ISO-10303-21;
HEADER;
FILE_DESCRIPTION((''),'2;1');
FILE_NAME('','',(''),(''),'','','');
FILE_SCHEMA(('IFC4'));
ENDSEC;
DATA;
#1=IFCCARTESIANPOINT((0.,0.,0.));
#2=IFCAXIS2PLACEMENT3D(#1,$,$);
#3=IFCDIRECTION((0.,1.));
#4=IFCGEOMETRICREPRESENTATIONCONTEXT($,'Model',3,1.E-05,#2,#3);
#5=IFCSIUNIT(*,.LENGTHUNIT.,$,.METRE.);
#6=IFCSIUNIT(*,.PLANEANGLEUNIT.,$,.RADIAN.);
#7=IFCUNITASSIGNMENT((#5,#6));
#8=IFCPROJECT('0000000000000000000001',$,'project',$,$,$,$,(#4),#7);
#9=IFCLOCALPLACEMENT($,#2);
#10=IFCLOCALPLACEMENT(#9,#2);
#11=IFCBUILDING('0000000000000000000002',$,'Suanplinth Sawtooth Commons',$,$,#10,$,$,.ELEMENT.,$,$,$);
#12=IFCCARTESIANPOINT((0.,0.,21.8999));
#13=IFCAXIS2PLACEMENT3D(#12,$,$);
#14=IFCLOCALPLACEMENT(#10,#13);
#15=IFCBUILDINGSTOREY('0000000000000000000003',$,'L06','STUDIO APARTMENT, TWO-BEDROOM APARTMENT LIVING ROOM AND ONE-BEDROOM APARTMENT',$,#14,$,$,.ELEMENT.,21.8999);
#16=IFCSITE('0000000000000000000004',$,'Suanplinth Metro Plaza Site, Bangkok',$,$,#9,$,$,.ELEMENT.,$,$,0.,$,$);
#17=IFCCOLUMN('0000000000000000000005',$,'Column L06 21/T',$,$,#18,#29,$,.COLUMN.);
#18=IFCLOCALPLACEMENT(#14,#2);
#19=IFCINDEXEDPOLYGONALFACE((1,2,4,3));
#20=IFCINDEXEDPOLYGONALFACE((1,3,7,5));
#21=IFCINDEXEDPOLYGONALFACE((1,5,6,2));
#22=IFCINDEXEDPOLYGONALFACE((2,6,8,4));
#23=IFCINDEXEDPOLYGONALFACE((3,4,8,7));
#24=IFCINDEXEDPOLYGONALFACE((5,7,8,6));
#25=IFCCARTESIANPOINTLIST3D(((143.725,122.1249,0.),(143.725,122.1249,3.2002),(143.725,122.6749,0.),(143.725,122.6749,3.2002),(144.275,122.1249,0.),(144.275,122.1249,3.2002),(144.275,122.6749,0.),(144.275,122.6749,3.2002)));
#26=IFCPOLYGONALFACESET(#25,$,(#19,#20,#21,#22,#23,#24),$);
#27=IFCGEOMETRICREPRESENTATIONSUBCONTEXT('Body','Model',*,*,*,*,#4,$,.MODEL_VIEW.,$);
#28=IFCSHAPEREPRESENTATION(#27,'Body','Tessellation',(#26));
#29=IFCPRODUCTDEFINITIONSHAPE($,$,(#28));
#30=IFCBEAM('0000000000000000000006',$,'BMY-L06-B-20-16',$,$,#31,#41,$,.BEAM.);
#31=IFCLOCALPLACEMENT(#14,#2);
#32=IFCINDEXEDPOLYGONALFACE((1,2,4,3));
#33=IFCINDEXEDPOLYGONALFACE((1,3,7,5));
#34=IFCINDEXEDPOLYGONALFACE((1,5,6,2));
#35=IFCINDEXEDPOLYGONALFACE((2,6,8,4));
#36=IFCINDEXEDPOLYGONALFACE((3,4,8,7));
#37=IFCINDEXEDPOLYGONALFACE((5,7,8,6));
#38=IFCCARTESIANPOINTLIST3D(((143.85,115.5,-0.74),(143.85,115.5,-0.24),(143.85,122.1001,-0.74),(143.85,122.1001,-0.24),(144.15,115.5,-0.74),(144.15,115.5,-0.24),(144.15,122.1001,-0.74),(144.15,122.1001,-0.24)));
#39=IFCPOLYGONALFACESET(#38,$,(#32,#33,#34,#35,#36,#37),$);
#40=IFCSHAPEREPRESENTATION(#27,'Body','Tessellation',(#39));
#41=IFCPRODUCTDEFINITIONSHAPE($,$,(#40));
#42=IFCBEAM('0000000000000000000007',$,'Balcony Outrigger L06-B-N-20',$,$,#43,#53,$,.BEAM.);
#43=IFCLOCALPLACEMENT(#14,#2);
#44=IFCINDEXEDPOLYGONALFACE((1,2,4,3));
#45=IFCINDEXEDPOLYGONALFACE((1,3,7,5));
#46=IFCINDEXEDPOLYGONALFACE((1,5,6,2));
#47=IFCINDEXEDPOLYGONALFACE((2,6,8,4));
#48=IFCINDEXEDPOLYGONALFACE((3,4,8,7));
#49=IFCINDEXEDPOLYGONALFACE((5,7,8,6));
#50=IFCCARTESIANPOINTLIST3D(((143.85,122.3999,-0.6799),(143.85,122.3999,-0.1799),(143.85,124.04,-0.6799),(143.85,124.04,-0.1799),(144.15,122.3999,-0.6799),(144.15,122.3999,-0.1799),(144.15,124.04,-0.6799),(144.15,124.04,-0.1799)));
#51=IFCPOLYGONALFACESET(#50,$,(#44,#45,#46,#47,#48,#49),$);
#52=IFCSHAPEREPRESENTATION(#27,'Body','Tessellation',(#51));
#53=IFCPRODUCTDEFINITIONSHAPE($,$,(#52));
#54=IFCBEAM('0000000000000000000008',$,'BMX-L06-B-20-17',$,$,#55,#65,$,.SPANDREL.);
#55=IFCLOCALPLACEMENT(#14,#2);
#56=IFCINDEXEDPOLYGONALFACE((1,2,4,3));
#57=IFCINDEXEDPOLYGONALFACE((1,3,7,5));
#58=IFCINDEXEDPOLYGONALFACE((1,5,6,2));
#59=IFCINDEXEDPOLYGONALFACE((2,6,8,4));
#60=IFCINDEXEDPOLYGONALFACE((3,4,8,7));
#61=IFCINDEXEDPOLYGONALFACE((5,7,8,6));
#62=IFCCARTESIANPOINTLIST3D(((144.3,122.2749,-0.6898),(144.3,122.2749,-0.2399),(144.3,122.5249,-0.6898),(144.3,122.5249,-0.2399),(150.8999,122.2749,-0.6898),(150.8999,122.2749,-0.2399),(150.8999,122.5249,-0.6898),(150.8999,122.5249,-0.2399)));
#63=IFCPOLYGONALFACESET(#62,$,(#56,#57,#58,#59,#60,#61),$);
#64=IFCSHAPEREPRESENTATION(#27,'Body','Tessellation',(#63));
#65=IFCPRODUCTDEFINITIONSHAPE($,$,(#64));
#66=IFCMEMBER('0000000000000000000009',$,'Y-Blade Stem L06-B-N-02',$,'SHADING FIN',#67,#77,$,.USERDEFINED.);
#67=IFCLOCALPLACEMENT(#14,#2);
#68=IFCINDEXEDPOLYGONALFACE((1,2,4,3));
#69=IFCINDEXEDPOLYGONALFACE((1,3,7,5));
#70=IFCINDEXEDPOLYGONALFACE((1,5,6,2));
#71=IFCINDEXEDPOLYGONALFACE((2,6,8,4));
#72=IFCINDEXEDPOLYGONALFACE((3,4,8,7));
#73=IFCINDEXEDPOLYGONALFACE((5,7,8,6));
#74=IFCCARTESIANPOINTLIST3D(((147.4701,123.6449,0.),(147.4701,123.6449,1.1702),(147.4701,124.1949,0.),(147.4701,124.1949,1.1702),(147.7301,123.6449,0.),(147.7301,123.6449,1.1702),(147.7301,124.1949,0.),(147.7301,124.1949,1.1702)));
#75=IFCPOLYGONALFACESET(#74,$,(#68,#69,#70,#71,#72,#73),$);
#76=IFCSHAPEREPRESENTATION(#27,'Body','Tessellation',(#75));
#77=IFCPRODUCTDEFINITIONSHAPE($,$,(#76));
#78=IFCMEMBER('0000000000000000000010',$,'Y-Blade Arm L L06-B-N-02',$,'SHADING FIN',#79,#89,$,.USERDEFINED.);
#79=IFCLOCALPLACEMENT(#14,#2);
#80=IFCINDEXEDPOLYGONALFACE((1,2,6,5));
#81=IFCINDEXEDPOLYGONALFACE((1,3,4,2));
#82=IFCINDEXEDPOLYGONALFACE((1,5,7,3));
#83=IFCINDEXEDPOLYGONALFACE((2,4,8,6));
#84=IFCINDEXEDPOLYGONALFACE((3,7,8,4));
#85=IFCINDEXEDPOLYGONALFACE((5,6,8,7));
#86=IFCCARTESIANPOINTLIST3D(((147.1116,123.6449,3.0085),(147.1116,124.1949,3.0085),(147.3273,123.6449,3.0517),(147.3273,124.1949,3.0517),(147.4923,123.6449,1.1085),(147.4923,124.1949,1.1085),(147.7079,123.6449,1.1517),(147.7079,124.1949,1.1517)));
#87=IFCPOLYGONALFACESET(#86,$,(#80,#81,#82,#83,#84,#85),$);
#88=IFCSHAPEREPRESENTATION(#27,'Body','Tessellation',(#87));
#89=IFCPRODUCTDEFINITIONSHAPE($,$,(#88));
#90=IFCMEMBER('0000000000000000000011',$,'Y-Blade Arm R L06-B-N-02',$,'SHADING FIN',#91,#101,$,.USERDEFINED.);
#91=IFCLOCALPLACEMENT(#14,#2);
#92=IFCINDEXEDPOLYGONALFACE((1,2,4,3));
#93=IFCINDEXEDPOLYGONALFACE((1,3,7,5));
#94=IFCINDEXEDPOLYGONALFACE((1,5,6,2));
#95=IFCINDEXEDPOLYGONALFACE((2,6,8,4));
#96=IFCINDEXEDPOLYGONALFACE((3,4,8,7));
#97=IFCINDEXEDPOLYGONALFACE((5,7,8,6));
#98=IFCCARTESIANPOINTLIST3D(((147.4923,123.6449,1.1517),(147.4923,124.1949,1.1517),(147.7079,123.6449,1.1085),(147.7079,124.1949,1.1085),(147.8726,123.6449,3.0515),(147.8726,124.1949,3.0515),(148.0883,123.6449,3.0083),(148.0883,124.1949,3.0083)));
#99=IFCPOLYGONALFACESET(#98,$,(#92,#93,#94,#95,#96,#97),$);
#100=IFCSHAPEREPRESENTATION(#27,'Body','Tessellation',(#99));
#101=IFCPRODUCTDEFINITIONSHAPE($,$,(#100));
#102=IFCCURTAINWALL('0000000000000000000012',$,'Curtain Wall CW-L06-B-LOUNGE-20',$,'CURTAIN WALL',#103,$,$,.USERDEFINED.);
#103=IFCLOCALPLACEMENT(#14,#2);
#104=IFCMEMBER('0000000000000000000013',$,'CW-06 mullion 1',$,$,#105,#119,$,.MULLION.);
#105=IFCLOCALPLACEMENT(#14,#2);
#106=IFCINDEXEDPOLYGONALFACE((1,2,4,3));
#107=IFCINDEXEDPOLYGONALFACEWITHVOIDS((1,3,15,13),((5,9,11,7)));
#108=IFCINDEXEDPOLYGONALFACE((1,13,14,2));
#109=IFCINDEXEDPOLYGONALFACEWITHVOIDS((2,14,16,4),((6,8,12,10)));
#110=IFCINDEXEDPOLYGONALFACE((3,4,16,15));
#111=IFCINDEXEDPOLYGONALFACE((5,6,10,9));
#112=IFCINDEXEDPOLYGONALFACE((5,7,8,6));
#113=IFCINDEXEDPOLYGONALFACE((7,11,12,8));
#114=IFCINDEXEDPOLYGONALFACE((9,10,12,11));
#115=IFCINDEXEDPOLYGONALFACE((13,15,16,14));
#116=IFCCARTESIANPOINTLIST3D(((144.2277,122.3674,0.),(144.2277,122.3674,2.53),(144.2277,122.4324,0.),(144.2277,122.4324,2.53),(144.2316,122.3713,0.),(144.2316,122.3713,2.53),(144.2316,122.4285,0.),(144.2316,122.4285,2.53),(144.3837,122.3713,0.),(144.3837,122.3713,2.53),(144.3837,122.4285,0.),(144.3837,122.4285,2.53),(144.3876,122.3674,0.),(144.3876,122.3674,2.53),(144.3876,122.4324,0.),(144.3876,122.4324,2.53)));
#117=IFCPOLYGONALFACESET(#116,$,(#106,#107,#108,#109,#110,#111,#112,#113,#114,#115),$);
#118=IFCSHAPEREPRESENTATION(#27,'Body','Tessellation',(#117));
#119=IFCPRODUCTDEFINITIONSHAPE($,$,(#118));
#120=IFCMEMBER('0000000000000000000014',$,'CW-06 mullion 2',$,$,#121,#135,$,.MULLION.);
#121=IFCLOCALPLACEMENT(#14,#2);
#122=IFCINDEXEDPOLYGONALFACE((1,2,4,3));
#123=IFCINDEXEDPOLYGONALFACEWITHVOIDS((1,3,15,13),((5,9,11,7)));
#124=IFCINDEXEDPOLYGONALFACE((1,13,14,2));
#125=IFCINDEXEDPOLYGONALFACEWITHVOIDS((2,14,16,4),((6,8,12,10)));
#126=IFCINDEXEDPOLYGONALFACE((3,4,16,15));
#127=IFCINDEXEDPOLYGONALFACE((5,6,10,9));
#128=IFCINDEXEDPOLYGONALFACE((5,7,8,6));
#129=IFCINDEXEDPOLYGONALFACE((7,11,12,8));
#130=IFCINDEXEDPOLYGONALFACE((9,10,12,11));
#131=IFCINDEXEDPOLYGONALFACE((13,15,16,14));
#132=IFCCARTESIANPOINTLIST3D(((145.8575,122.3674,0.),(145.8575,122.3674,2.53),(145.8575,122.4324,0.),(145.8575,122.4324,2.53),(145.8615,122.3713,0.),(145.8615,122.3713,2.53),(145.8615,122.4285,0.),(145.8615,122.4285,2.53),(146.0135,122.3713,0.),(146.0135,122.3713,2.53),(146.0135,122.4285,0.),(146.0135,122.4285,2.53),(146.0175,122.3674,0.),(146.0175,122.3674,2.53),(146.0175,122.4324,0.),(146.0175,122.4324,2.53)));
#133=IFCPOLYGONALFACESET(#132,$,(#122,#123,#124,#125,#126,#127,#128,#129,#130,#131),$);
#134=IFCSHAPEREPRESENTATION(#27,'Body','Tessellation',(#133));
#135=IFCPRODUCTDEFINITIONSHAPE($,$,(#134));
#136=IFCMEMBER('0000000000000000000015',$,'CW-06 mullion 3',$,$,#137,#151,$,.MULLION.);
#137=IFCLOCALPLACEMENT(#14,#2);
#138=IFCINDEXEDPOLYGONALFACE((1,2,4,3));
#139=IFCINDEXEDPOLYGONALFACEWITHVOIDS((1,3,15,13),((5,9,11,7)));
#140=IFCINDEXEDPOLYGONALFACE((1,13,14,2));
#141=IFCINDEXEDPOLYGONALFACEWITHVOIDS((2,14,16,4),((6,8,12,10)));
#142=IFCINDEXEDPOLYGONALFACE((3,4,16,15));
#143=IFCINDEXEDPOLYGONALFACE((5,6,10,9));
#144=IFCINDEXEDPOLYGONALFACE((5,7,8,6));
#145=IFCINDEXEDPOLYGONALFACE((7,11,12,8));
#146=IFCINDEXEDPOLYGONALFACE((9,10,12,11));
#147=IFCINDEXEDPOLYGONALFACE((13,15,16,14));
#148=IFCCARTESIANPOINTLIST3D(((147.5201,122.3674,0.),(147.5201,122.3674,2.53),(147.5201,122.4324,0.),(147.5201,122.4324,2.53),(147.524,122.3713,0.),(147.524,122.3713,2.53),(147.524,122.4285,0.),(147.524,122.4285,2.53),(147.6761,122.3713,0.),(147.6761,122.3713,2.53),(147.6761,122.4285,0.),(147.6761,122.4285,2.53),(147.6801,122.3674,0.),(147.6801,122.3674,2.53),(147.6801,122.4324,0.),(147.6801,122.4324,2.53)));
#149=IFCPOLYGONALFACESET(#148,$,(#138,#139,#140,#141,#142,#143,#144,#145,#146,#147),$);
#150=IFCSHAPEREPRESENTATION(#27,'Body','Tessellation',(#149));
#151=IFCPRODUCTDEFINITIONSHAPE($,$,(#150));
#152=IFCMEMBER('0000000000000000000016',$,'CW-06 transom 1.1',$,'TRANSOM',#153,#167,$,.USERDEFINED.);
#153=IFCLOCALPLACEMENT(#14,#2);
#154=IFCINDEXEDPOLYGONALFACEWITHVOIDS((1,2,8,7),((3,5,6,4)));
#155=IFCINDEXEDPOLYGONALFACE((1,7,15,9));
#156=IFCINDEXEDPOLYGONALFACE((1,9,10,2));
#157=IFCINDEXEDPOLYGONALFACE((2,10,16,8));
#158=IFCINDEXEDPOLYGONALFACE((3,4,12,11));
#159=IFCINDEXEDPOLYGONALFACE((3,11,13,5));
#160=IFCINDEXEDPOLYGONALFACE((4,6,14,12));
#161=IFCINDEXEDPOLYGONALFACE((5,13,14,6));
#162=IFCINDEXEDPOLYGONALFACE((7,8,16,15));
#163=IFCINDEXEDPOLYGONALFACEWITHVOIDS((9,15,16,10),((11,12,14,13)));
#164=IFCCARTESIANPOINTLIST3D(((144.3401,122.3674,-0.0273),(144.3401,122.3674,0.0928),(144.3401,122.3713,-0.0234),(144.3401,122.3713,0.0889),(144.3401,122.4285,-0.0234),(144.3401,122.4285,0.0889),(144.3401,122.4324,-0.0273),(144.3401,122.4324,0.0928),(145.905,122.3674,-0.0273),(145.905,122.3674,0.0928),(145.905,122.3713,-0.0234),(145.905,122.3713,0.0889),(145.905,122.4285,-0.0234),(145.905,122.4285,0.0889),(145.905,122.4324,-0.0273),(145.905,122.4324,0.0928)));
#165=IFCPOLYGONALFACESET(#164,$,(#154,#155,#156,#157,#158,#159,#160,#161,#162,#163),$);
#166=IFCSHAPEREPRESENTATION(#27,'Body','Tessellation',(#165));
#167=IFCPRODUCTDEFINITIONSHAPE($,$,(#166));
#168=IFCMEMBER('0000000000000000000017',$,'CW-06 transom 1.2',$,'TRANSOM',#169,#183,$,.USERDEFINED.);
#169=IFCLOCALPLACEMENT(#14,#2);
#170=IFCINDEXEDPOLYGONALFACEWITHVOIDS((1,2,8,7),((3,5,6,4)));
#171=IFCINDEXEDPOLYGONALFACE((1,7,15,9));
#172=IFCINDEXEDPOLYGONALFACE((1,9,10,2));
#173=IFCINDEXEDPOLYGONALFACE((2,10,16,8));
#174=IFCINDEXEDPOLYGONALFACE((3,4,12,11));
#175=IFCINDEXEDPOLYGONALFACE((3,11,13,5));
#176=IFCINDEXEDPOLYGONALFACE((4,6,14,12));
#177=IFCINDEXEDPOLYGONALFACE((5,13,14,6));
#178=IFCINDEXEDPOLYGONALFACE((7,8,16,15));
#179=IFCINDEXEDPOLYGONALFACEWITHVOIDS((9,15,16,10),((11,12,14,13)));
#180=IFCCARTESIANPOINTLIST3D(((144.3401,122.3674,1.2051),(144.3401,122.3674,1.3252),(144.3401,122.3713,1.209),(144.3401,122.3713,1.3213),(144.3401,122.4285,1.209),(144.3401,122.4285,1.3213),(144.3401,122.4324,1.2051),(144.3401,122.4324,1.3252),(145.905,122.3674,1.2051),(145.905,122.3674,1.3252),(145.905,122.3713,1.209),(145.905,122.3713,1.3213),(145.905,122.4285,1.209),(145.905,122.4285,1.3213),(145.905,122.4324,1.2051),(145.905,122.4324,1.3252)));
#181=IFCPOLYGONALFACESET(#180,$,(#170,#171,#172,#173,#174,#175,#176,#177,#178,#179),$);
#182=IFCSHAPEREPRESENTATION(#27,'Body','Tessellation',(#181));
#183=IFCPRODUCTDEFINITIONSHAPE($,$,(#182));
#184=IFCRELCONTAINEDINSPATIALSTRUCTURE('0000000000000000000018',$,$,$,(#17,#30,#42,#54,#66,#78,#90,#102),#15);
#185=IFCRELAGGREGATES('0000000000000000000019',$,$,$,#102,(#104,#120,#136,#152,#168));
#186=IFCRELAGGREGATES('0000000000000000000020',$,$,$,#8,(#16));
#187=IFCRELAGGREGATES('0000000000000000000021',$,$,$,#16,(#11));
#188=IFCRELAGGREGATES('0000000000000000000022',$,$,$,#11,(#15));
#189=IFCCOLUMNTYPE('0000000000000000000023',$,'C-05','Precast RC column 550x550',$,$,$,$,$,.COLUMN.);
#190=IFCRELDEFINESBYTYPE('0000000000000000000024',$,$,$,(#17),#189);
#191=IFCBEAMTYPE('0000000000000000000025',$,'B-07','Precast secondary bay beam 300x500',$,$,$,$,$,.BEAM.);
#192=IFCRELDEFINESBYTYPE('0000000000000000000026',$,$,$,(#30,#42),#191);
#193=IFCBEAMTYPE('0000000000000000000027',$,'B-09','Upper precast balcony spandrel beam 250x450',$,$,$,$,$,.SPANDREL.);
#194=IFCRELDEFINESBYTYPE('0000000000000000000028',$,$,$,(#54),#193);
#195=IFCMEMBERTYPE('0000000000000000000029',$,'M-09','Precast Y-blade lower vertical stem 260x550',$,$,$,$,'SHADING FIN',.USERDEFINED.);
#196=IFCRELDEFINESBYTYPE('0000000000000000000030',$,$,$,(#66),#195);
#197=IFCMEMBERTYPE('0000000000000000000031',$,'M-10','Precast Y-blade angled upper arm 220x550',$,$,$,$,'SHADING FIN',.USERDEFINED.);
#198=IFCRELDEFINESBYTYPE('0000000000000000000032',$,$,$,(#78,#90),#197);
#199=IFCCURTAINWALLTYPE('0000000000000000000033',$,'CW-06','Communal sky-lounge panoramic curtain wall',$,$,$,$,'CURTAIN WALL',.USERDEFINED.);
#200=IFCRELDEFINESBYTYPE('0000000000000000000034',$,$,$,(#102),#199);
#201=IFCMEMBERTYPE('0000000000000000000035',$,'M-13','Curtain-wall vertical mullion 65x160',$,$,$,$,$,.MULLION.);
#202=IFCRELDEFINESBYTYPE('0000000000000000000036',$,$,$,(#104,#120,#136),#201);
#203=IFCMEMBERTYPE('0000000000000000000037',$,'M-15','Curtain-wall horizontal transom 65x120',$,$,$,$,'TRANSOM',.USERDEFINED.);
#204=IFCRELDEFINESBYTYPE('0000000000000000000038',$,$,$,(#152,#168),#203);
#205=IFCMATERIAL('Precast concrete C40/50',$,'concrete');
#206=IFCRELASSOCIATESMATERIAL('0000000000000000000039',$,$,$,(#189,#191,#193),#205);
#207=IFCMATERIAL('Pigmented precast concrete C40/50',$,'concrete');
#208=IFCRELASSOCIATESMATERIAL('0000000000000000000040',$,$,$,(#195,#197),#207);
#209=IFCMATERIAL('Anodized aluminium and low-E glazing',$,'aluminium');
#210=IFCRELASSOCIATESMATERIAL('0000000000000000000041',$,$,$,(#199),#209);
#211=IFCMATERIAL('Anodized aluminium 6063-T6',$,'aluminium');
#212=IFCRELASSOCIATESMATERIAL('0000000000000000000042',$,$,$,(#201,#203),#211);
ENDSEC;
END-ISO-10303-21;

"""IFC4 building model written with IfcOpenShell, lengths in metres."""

from ifc_helpers import new_model, si_unit, direction, frame, origin, origin_2d, place, context, subcontext, project, spatial, rectangle, hollow_rectangle, extrude, material, material_profile, profile_set, type_object, element, aggregate, save


model = new_model("IFC4")

# Units and contexts
model_context = context("Model", 3, precision=1e-05, world=origin(), true_north=direction((0.0, 1.0)))
body_context = subcontext(model_context, "Body", "Model", "MODEL_VIEW")
ifc_project = project(units=[si_unit("LENGTHUNIT", "METRE"), si_unit("PLANEANGLEUNIT", "RADIAN")], contexts=[model_context])

# Site, building, storey
site_placement = place(None, origin())
site = spatial("IfcSite", under=ifc_project, at=site_placement, Name="Suanplinth Metro Plaza Site, Bangkok", CompositionType="ELEMENT", RefElevation=0.0)
building_placement = place(site_placement, origin())
building = spatial("IfcBuilding", under=site, at=building_placement, Name="Suanplinth Sawtooth Commons", CompositionType="ELEMENT")
storey_placement = place(building_placement, frame((0.0, 0.0, 21.8999)))
storey = spatial("IfcBuildingStorey", under=building, at=storey_placement, Name="L06", Description="STUDIO APARTMENT, TWO-BEDROOM APARTMENT LIVING ROOM AND ONE-BEDROOM APARTMENT", CompositionType="ELEMENT", Elevation=21.8999)

# Column
ifc_material_1 = material(Name="Precast concrete C40/50", Category="concrete")
ifc_material_profile_1 = material_profile(ifc_material_1, rectangle(XDim=0.55, YDim=0.55, at=origin_2d()), Name="PC-COL 550x550")
ifc_profile_set_1 = profile_set([ifc_material_profile_1], Name="Precast concrete C40/50")
column_type = type_object("IfcColumnType", Name="C-05", Description="Precast RC column 550x550", PredefinedType="COLUMN", material=ifc_profile_set_1)
column_placement = place(storey_placement, frame((144.0, 122.3999, 0.0), z_axis=(0.0, 0.0, 1.0), x_axis=(1.0, 0.0, 0.0)))
element("IfcColumn", 1, at=column_placement, inside=storey, type_object=column_type, Name="Column L06 21/T", PredefinedType="COLUMN", context=body_context, shape_type="SweptSolid", body=[
    extrude(rectangle(XDim=0.55, YDim=0.55, at=origin_2d()), origin(), (0.0, 0.0, 1.0), 3.2002),
])

# Beams
ifc_material_profile_2 = material_profile(ifc_material_1, rectangle(XDim=0.3, YDim=0.5, at=origin_2d()), Name="PC-BM 300x500")
ifc_profile_set_2 = profile_set([ifc_material_profile_2], Name="Precast concrete C40/50")
beam_type_1 = type_object("IfcBeamType", Name="B-07", Description="Precast secondary bay beam 300x500", PredefinedType="BEAM", material=ifc_profile_set_2)
beam_1_placement = place(storey_placement, frame((144.0, 115.5, -0.49), z_axis=(0.0, 1.0, 0.0), x_axis=(-1.0, 0.0, 0.0)))
element("IfcBeam", 2, at=beam_1_placement, inside=storey, type_object=beam_type_1, Name="BMY-L06-B-20-16", PredefinedType="BEAM", context=body_context, shape_type="SweptSolid", body=[
    extrude(rectangle(XDim=0.3, YDim=0.5, at=origin_2d()), origin(), (0.0, 0.0, 1.0), 6.6001),
])
beam_2_placement = place(storey_placement, frame((144.0, 122.3999, -0.4299), z_axis=(0.0, 1.0, 0.0), x_axis=(-1.0, 0.0, 0.0)))
element("IfcBeam", 3, at=beam_2_placement, inside=storey, type_object=beam_type_1, Name="Balcony Outrigger L06-B-N-20", PredefinedType="BEAM", context=body_context, shape_type="SweptSolid", body=[
    extrude(rectangle(XDim=0.3, YDim=0.5, at=origin_2d()), origin(), (0.0, 0.0, 1.0), 1.6401),
])
ifc_material_profile_3 = material_profile(ifc_material_1, rectangle(XDim=0.25, YDim=0.45, at=origin_2d()), Name="PC-SP 250x450")
ifc_profile_set_3 = profile_set([ifc_material_profile_3], Name="Precast concrete C40/50")
beam_type_2 = type_object("IfcBeamType", Name="B-09", Description="Upper precast balcony spandrel beam 250x450", PredefinedType="SPANDREL", material=ifc_profile_set_3)
beam_3_placement = place(storey_placement, frame((144.3, 122.3999, -0.4648), z_axis=(1.0, 0.0, 0.0), x_axis=(0.0, 1.0, 0.0)))
element("IfcBeam", 4, at=beam_3_placement, inside=storey, type_object=beam_type_2, Name="BMX-L06-B-20-17", PredefinedType="SPANDREL", context=body_context, shape_type="SweptSolid", body=[
    extrude(rectangle(XDim=0.25, YDim=0.45, at=origin_2d()), origin(), (0.0, 0.0, 1.0), 6.5999),
])

# Members
ifc_material_2 = material(Name="Pigmented precast concrete C40/50", Category="concrete")
ifc_material_profile_4 = material_profile(ifc_material_2, rectangle(XDim=0.26, YDim=0.55, at=origin_2d()), Name="PC-FIN 260x550")
ifc_profile_set_4 = profile_set([ifc_material_profile_4], Name="Pigmented precast concrete C40/50")
member_type_1 = type_object("IfcMemberType", Name="M-09", Description="Precast Y-blade lower vertical stem 260x550", ElementType="SHADING FIN", PredefinedType="USERDEFINED", material=ifc_profile_set_4)
member_1_placement = place(storey_placement, frame((147.6001, 123.9199, 0.0), z_axis=(0.0, 0.0, 1.0), x_axis=(1.0, 0.0, 0.0)))
element("IfcMember", 5, at=member_1_placement, inside=storey, type_object=member_type_1, Name="Y-Blade Stem L06-B-N-02", ObjectType="SHADING FIN", PredefinedType="USERDEFINED", context=body_context, shape_type="SweptSolid", body=[
    extrude(rectangle(XDim=0.26, YDim=0.55, at=origin_2d()), origin(), (0.0, 0.0, 1.0), 1.1702),
])
ifc_material_profile_5 = material_profile(ifc_material_2, rectangle(XDim=0.22, YDim=0.55, at=origin_2d()), Name="PC-FIN 220x550")
ifc_profile_set_5 = profile_set([ifc_material_profile_5], Name="Pigmented precast concrete C40/50")
member_type_2 = type_object("IfcMemberType", Name="M-10", Description="Precast Y-blade angled upper arm 220x550", ElementType="SHADING FIN", PredefinedType="USERDEFINED", material=ifc_profile_set_5)
member_2_placement = place(storey_placement, frame((147.6001, 123.9199, 1.1301), z_axis=(-0.196431, 0.0, 0.980518), x_axis=(0.980518, 0.0, 0.196431)))
element("IfcMember", 6, at=member_2_placement, inside=storey, type_object=member_type_2, Name="Y-Blade Arm L L06-B-N-02", ObjectType="SHADING FIN", PredefinedType="USERDEFINED", context=body_context, shape_type="SweptSolid", body=[
    extrude(rectangle(XDim=0.22, YDim=0.55, at=origin_2d()), origin(), (0.0, 0.0, 1.0), 1.9377),
])
member_3_placement = place(storey_placement, frame((147.6001, 123.9199, 1.1301), z_axis=(0.19631, 0.0, 0.980542), x_axis=(-0.980542, 0.0, 0.19631)))
element("IfcMember", 7, at=member_3_placement, inside=storey, type_object=member_type_2, Name="Y-Blade Arm R L06-B-N-02", ObjectType="SHADING FIN", PredefinedType="USERDEFINED", context=body_context, shape_type="SweptSolid", body=[
    extrude(rectangle(XDim=0.22, YDim=0.55, at=origin_2d()), origin(), (0.0, 0.0, 1.0), 1.9375),
])

# Curtain wall, members
ifc_material_3 = material(Name="Anodized aluminium and low-E glazing", Category="aluminium")
curtain_wall_type = type_object("IfcCurtainWallType", Name="CW-06", Description="Communal sky-lounge panoramic curtain wall", ElementType="CURTAIN WALL", PredefinedType="USERDEFINED", material=ifc_material_3)
curtain_wall_placement = place(storey_placement, origin())
curtain_wall = element("IfcCurtainWall", 8, at=curtain_wall_placement, inside=storey, type_object=curtain_wall_type, Name="Curtain Wall CW-L06-B-LOUNGE-20", ObjectType="CURTAIN WALL", PredefinedType="USERDEFINED")
ifc_material_4 = material(Name="Anodized aluminium 6063-T6", Category="aluminium")
ifc_material_profile_6 = material_profile(ifc_material_4, hollow_rectangle(XDim=0.0649, YDim=0.1599, WallThickness=0.0039, at=origin_2d()), Name="ALU-MUL 65x160")
ifc_profile_set_6 = profile_set([ifc_material_profile_6], Name="Anodized aluminium 6063-T6")
member_type_3 = type_object("IfcMemberType", Name="M-13", Description="Curtain-wall vertical mullion 65x160", PredefinedType="MULLION", material=ifc_profile_set_6)
member_4_placement = place(storey_placement, frame((144.3076, 122.3999, 0.0), z_axis=(0.0, 0.0, 1.0), x_axis=(0.0, 1.0, 0.0)))
member_4 = element("IfcMember", 9, at=member_4_placement, type_object=member_type_3, Name="CW-06 mullion 1", PredefinedType="MULLION", context=body_context, shape_type="SweptSolid", body=[
    extrude(hollow_rectangle(XDim=0.0649, YDim=0.1599, WallThickness=0.0039, at=origin_2d()), origin(), (0.0, 0.0, 1.0), 2.53),
])
member_5_placement = place(storey_placement, frame((145.9375, 122.3999, 0.0), z_axis=(0.0, 0.0, 1.0), x_axis=(0.0, 1.0, 0.0)))
member_5 = element("IfcMember", 10, at=member_5_placement, type_object=member_type_3, Name="CW-06 mullion 2", PredefinedType="MULLION", context=body_context, shape_type="SweptSolid", body=[
    extrude(hollow_rectangle(XDim=0.0649, YDim=0.1599, WallThickness=0.0039, at=origin_2d()), origin(), (0.0, 0.0, 1.0), 2.53),
])
member_6_placement = place(storey_placement, frame((147.6001, 122.3999, 0.0), z_axis=(0.0, 0.0, 1.0), x_axis=(0.0, 1.0, 0.0)))
member_6 = element("IfcMember", 11, at=member_6_placement, type_object=member_type_3, Name="CW-06 mullion 3", PredefinedType="MULLION", context=body_context, shape_type="SweptSolid", body=[
    extrude(hollow_rectangle(XDim=0.0649, YDim=0.1599, WallThickness=0.0039, at=origin_2d()), origin(), (0.0, 0.0, 1.0), 2.53),
])
ifc_material_profile_7 = material_profile(ifc_material_4, hollow_rectangle(XDim=0.0649, YDim=0.1201, WallThickness=0.0039, at=origin_2d()), Name="ALU-TRN 65x120")
ifc_profile_set_7 = profile_set([ifc_material_profile_7], Name="Anodized aluminium 6063-T6")
member_type_4 = type_object("IfcMemberType", Name="M-15", Description="Curtain-wall horizontal transom 65x120", ElementType="TRANSOM", PredefinedType="USERDEFINED", material=ifc_profile_set_7)
member_7_placement = place(storey_placement, frame((144.3401, 122.3999, 0.0327), z_axis=(1.0, 0.0, 0.0), x_axis=(0.0, 1.0, 0.0)))
member_7 = element("IfcMember", 12, at=member_7_placement, type_object=member_type_4, Name="CW-06 transom 1.1", ObjectType="TRANSOM", PredefinedType="USERDEFINED", context=body_context, shape_type="SweptSolid", body=[
    extrude(hollow_rectangle(XDim=0.0649, YDim=0.1201, WallThickness=0.0039, at=origin_2d()), origin(), (0.0, 0.0, 1.0), 1.5649),
])
member_8_placement = place(storey_placement, frame((144.3401, 122.3999, 1.2651), z_axis=(1.0, 0.0, 0.0), x_axis=(0.0, 1.0, 0.0)))
member_8 = element("IfcMember", 13, at=member_8_placement, type_object=member_type_4, Name="CW-06 transom 1.2", ObjectType="TRANSOM", PredefinedType="USERDEFINED", context=body_context, shape_type="SweptSolid", body=[
    extrude(hollow_rectangle(XDim=0.0649, YDim=0.1201, WallThickness=0.0039, at=origin_2d()), origin(), (0.0, 0.0, 1.0), 1.5649),
])

aggregate(curtain_wall, [member_4, member_5, member_6, member_7, member_8])

save(model, "model.ifc")
